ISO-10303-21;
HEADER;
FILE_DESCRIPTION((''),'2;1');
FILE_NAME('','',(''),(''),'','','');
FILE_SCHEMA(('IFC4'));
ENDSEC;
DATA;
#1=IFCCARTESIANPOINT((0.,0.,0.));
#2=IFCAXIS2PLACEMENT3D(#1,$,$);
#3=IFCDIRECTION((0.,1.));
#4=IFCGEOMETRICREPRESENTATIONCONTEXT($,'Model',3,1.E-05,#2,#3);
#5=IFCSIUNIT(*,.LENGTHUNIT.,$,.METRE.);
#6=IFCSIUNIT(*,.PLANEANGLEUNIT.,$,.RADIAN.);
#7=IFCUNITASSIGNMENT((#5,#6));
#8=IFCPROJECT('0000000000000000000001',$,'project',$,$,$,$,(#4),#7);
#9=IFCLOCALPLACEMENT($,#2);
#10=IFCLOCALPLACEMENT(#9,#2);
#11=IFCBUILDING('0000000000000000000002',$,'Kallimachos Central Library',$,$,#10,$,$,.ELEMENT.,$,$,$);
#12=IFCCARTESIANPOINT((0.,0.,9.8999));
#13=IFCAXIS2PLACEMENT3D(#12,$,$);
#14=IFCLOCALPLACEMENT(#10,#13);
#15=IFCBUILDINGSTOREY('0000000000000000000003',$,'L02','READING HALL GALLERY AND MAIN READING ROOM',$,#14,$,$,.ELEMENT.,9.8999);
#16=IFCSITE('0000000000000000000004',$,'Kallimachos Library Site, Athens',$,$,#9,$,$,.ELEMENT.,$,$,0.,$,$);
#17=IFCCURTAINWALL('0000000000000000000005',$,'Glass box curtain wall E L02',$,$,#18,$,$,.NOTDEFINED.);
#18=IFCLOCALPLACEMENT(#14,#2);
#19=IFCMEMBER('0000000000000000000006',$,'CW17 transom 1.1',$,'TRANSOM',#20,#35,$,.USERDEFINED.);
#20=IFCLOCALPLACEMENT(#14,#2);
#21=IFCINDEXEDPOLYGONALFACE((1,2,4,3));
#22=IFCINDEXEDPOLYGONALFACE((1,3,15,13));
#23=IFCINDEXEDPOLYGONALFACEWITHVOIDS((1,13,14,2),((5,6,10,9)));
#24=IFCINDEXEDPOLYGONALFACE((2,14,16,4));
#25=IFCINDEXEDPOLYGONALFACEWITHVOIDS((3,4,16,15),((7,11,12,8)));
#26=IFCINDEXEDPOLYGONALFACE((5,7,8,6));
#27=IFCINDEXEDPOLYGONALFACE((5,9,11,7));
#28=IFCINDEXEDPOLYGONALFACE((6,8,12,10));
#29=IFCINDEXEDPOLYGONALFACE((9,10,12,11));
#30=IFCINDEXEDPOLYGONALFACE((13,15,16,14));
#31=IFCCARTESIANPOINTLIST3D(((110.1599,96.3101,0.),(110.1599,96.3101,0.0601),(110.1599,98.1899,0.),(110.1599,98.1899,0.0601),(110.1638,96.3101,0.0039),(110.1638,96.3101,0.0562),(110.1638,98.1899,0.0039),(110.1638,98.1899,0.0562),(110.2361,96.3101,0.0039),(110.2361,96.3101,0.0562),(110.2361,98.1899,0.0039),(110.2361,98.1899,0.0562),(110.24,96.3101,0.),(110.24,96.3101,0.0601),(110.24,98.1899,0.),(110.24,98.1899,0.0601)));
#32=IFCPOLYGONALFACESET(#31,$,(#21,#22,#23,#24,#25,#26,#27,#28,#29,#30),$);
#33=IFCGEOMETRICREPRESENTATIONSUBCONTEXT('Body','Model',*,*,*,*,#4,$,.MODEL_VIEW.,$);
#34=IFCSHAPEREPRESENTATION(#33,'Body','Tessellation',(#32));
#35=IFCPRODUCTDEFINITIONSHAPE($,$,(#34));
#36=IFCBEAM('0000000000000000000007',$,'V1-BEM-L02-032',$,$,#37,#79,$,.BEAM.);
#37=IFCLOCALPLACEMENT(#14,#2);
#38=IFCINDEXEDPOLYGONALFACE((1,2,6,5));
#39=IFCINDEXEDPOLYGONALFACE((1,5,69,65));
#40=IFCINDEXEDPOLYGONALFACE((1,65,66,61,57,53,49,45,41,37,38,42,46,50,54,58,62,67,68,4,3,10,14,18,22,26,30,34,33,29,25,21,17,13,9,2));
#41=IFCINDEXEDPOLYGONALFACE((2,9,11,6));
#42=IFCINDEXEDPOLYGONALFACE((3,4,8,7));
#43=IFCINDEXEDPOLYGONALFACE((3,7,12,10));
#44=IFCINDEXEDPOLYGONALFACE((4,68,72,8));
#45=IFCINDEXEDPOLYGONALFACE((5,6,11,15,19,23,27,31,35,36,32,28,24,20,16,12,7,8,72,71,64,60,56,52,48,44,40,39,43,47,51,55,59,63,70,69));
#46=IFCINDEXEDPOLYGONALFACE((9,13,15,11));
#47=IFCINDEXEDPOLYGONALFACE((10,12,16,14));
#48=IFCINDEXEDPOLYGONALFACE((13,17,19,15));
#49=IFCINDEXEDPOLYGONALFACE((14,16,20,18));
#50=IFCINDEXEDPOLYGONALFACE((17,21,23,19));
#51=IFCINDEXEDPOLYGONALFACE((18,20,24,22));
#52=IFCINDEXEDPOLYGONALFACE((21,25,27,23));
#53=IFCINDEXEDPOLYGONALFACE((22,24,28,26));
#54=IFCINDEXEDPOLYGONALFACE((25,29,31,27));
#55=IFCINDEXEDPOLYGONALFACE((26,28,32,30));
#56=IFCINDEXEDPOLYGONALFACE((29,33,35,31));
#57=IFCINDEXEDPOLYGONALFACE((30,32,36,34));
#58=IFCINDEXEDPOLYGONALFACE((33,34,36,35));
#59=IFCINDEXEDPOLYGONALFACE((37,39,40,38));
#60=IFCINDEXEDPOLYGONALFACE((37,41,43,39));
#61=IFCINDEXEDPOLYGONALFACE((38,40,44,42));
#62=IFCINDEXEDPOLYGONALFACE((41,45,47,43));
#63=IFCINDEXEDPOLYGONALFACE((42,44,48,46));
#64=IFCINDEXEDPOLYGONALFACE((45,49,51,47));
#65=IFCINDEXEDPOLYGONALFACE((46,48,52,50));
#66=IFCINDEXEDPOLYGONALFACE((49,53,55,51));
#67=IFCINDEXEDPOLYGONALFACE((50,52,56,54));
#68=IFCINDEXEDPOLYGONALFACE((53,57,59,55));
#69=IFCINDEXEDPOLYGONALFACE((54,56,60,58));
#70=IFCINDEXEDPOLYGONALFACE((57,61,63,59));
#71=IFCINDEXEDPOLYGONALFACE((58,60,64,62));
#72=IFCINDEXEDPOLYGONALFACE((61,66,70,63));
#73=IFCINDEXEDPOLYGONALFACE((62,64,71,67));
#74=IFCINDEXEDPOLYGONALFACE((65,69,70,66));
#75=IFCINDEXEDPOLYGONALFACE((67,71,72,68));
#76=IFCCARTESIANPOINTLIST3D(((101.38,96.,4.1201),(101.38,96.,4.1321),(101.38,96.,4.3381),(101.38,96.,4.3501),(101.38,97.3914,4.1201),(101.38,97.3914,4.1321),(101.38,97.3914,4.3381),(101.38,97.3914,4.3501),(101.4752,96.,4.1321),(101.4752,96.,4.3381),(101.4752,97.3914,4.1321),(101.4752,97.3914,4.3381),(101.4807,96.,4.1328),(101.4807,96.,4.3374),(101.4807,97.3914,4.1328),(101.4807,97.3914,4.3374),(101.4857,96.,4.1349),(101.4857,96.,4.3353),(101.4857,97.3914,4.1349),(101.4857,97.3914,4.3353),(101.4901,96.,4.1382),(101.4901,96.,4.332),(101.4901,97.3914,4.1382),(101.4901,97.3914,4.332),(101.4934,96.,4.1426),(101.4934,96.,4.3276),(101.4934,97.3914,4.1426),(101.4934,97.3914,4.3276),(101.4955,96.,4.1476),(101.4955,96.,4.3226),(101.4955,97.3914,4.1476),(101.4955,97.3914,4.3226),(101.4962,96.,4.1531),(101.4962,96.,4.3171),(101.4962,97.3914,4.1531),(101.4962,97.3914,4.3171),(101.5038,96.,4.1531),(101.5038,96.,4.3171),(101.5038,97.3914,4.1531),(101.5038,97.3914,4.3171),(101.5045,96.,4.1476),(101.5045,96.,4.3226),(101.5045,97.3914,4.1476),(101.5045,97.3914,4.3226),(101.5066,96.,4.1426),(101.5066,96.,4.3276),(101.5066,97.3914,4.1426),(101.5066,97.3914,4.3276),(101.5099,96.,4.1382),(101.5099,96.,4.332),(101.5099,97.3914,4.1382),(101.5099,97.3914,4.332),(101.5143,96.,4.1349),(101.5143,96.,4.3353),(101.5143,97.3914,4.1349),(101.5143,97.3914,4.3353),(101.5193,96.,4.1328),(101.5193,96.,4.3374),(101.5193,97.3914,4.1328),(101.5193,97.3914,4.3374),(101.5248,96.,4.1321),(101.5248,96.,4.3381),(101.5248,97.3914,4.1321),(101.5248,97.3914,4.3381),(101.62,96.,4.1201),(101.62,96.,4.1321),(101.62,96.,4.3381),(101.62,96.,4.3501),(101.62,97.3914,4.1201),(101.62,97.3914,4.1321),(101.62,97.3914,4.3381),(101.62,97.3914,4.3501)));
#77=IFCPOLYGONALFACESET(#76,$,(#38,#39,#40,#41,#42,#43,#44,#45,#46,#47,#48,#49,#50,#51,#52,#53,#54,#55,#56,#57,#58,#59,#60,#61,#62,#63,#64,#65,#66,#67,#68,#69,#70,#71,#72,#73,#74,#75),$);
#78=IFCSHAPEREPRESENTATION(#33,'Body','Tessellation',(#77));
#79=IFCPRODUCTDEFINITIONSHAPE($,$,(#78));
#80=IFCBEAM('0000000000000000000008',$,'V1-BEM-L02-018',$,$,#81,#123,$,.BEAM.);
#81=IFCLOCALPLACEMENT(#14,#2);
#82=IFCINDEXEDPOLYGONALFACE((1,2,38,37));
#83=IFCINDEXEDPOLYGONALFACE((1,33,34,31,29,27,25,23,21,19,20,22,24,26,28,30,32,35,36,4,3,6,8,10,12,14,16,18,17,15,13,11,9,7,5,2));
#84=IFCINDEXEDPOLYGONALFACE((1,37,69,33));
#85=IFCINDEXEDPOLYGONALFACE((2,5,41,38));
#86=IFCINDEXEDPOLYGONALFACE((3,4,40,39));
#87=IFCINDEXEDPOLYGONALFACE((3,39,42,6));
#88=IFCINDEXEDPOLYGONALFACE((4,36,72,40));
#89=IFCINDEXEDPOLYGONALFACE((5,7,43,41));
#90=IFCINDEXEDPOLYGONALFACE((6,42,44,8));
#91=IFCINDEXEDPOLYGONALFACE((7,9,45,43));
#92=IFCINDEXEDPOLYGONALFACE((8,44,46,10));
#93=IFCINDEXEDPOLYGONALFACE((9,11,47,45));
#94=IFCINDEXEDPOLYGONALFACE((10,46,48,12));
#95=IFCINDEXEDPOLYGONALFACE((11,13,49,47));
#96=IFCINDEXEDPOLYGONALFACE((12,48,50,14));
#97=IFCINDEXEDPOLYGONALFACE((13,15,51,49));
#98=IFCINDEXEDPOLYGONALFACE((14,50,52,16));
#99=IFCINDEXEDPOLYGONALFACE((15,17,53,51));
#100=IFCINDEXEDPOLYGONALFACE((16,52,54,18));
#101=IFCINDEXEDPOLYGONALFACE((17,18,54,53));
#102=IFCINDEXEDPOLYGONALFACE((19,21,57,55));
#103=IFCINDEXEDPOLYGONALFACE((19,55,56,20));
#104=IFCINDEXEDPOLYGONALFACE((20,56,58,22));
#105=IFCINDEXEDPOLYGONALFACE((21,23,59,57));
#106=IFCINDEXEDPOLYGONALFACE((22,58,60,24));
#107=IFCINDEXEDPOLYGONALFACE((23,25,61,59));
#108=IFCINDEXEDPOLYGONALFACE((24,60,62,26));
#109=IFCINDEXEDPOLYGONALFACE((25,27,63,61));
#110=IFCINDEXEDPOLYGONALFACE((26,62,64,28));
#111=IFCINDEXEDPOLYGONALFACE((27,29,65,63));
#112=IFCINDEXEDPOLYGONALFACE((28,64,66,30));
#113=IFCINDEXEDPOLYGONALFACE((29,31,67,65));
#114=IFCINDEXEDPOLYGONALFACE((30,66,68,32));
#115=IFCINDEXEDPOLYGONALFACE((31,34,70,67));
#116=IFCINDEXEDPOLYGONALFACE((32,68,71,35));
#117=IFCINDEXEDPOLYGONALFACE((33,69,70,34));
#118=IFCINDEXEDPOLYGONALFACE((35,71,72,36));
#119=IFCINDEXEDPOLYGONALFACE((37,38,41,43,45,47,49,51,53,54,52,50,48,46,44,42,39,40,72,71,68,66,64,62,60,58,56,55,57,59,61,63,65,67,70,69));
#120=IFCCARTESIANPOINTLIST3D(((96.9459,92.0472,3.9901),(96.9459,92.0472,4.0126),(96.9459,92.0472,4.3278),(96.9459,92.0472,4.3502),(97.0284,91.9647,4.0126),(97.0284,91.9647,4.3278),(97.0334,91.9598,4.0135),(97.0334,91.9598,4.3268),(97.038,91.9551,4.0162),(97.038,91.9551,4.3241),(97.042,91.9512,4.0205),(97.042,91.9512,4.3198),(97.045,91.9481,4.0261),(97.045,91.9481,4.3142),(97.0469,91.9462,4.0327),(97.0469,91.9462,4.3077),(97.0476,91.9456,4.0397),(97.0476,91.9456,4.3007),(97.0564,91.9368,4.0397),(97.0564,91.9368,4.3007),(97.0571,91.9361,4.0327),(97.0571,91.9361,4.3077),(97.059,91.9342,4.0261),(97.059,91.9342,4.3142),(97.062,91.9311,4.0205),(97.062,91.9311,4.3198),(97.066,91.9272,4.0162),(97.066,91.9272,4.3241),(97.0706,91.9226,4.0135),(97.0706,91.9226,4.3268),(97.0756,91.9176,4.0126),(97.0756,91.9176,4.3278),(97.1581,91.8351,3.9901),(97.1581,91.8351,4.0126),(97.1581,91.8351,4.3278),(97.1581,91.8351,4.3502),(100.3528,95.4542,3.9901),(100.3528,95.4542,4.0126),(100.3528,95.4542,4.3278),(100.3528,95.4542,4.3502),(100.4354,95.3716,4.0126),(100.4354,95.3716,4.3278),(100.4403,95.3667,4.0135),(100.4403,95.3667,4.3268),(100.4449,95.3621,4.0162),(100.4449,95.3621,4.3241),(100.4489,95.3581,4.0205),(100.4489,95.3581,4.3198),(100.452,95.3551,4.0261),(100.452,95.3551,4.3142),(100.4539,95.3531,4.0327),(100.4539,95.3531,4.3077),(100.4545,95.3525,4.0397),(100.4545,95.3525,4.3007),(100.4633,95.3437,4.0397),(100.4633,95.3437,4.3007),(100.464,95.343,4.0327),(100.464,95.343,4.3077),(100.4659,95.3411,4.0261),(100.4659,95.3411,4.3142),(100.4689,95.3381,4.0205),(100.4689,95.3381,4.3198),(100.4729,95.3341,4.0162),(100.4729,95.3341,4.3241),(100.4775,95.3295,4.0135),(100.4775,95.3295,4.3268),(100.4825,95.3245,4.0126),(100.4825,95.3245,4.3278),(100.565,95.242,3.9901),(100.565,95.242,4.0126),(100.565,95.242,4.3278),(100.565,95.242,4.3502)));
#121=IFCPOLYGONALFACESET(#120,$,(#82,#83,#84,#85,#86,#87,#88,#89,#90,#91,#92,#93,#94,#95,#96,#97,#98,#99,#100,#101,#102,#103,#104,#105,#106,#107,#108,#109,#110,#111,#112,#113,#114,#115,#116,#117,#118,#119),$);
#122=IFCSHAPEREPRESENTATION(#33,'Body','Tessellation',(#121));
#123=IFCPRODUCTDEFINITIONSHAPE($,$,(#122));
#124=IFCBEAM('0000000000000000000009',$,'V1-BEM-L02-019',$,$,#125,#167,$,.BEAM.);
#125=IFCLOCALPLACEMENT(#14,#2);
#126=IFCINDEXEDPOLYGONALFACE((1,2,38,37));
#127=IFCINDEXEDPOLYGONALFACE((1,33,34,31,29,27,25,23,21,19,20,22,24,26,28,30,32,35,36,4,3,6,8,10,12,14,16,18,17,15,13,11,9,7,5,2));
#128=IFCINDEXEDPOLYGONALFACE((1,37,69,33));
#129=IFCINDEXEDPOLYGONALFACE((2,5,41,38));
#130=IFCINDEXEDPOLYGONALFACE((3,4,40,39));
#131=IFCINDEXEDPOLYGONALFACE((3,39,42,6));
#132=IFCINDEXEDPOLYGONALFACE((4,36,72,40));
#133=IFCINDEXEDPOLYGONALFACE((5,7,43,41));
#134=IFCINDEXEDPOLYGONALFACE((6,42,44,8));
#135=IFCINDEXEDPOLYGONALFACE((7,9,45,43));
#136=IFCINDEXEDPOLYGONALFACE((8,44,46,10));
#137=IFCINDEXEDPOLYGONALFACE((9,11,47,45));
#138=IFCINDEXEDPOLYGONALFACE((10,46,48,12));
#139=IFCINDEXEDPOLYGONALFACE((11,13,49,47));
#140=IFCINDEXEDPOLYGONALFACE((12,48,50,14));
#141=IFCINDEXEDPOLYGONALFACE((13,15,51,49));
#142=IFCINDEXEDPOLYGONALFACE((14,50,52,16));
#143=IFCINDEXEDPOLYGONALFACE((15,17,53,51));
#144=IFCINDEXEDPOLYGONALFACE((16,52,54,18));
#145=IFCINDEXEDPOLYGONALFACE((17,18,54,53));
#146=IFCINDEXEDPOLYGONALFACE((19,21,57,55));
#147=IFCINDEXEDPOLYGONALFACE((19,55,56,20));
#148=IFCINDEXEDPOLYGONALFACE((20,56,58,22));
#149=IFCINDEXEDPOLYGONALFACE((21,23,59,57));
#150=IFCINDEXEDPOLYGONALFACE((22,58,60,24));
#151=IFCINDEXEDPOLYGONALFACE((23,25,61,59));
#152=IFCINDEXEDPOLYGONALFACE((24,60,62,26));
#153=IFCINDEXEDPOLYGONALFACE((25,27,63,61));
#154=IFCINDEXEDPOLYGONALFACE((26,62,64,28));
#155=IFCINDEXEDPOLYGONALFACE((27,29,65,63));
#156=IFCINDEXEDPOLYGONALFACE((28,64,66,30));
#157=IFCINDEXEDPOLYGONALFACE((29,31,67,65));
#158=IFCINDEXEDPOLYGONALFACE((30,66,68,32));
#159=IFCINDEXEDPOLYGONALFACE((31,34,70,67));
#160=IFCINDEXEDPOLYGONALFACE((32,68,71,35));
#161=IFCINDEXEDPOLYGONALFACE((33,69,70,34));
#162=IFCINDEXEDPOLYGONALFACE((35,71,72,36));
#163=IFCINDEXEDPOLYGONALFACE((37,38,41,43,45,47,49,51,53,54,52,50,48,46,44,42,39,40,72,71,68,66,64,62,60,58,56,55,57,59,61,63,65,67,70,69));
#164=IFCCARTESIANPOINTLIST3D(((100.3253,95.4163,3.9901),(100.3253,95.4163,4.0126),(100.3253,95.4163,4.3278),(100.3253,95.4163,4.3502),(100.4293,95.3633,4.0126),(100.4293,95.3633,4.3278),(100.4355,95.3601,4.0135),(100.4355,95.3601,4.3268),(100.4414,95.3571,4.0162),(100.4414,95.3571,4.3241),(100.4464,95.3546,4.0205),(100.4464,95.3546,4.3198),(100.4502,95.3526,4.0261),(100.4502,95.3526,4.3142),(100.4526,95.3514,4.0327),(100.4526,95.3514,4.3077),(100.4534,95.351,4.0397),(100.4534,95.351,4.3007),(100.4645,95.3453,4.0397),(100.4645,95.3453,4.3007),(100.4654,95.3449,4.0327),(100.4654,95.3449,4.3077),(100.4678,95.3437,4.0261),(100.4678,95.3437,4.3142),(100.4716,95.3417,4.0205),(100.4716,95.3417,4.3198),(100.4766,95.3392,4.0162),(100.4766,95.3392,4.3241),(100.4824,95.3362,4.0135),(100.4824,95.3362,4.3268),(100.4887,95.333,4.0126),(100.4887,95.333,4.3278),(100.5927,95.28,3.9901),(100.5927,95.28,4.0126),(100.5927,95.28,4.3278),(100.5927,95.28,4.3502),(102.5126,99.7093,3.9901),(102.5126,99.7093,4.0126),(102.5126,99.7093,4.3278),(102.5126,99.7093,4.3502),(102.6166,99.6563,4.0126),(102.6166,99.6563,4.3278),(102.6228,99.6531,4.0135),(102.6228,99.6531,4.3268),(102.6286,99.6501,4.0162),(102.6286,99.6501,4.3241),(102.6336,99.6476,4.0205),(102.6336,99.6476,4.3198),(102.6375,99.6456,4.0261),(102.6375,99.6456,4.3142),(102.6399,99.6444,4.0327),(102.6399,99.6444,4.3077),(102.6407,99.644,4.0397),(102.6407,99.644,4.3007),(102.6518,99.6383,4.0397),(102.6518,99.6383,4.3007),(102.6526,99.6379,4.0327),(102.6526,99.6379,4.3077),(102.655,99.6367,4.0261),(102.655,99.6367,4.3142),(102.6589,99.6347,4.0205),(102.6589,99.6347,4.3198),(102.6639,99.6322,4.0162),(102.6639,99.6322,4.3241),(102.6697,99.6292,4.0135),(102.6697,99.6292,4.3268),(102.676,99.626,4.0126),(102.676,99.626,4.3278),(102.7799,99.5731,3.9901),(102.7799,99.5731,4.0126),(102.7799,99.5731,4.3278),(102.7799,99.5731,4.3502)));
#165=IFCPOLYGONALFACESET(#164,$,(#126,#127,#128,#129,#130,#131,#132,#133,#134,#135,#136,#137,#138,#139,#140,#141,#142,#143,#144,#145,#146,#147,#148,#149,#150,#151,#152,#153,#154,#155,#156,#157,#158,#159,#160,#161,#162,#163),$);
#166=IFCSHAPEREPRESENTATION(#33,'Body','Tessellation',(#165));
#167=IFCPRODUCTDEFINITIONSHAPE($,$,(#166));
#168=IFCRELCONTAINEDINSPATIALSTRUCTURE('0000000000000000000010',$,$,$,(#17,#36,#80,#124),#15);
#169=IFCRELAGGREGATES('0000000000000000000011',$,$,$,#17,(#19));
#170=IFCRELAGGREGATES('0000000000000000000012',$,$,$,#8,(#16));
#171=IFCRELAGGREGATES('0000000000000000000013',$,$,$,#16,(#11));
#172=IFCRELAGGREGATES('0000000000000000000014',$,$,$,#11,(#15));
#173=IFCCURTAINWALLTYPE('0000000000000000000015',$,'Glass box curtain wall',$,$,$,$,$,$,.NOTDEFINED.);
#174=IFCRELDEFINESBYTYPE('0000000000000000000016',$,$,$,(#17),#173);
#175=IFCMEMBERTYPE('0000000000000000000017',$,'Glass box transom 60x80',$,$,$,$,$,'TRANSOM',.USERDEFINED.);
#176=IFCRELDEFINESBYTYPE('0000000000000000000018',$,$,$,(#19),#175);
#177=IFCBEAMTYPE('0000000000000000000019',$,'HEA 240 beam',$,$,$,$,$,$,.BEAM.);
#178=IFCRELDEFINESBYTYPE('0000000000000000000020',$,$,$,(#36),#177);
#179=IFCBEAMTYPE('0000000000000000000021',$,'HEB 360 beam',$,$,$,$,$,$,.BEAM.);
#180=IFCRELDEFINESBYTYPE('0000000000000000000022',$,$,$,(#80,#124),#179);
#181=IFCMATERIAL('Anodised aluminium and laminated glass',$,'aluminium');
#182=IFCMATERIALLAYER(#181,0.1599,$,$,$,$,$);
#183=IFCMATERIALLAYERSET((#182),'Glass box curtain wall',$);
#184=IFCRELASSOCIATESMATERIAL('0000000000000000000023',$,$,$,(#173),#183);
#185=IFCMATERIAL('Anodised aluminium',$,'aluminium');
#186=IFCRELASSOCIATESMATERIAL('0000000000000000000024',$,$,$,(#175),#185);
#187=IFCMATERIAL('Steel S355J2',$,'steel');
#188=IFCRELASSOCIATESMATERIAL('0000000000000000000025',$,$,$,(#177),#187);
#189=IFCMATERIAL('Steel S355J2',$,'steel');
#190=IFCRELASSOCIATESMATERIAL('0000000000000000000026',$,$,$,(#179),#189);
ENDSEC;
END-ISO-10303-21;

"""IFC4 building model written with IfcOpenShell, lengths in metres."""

from ifc_helpers import new_model, si_unit, direction, frame, origin, origin_2d, place, context, subcontext, project, spatial, hollow_rectangle, i_section, extrude, material, layer, layer_set, material_profile, profile_set, type_object, element, aggregate, save


model = new_model("IFC4")

# Units and contexts
model_context = context("Model", 3, precision=1e-05, world=origin(), true_north=direction((0.0, 1.0)))
body_context = subcontext(model_context, "Body", "Model", "MODEL_VIEW")
ifc_project = project(units=[si_unit("LENGTHUNIT", "METRE"), si_unit("PLANEANGLEUNIT", "RADIAN")], contexts=[model_context])

# Site, building, storey
site_placement = place(None, origin())
site = spatial("IfcSite", under=ifc_project, at=site_placement, Name="Kallimachos Library Site, Athens", CompositionType="ELEMENT", RefElevation=0.0)
building_placement = place(site_placement, origin())
building = spatial("IfcBuilding", under=site, at=building_placement, Name="Kallimachos Central Library", CompositionType="ELEMENT")
storey_placement = place(building_placement, frame((0.0, 0.0, 9.8999)))
storey = spatial("IfcBuildingStorey", under=building, at=storey_placement, Name="L02", Description="READING HALL GALLERY AND MAIN READING ROOM", CompositionType="ELEMENT", Elevation=9.8999)

# Curtain wall, member
ifc_material_1 = material(Name="Anodised aluminium and laminated glass", Category="aluminium")
ifc_layer_1 = layer(ifc_material_1, 0.1599)
ifc_layer_set_1 = layer_set([ifc_layer_1], Name="Glass box curtain wall")
curtain_wall_type = type_object("IfcCurtainWallType", Name="Glass box curtain wall", PredefinedType="NOTDEFINED", material=ifc_layer_set_1)
curtain_wall_placement = place(storey_placement, origin())
curtain_wall = element("IfcCurtainWall", 1, at=curtain_wall_placement, inside=storey, type_object=curtain_wall_type, Name="Glass box curtain wall E L02", PredefinedType="NOTDEFINED")
ifc_material_2 = material(Name="Anodised aluminium", Category="aluminium")
ifc_material_profile_1 = material_profile(ifc_material_2, hollow_rectangle(XDim=0.0601, YDim=0.0801, WallThickness=0.0039, at=origin_2d()), Name="ALU TRANSOM 60x80")
ifc_profile_set_1 = profile_set([ifc_material_profile_1], Name="Anodised aluminium")
member_type_1 = type_object("IfcMemberType", Name="Glass box transom 60x80", ElementType="TRANSOM", PredefinedType="USERDEFINED", material=ifc_profile_set_1)
member_1_placement = place(storey_placement, frame((110.2, 96.3101, 0.03), z_axis=(0.0, 1.0, 0.0), x_axis=(0.0, 0.0, 1.0)))
member_1 = element("IfcMember", 2, at=member_1_placement, type_object=member_type_1, Name="CW17 transom 1.1", ObjectType="TRANSOM", PredefinedType="USERDEFINED", context=body_context, shape_type="SweptSolid", body=[
    extrude(hollow_rectangle(XDim=0.0601, YDim=0.0801, WallThickness=0.0039, at=origin_2d()), origin(), (0.0, 0.0, 1.0), 1.8799),
])
aggregate(curtain_wall, [member_1])

# Beams
ifc_material_3 = material(Name="Steel S355J2", Category="steel")
ifc_material_profile_2 = material_profile(ifc_material_3, i_section(OverallWidth=0.24, OverallDepth=0.23, WebThickness=0.0076, FlangeThickness=0.012, FilletRadius=0.021, at=origin_2d()), Name="HEA 240")
ifc_profile_set_2 = profile_set([ifc_material_profile_2], Name="Steel S355J2")
beam_type_1 = type_object("IfcBeamType", Name="HEA 240 beam", PredefinedType="BEAM", material=ifc_profile_set_2)
beam_placement = place(storey_placement, frame((101.5, 96.0, 4.2351), z_axis=(0.0, 1.0, 0.0), x_axis=(-1.0, 0.0, 0.0)))
element("IfcBeam", 3, at=beam_placement, inside=storey, type_object=beam_type_1, Name="V1-BEM-L02-032", PredefinedType="BEAM", context=body_context, shape_type="SweptSolid", body=[
    extrude(i_section(OverallWidth=0.24, OverallDepth=0.23, WebThickness=0.0076, FlangeThickness=0.012, FilletRadius=0.021, at=origin_2d()), origin(), (0.0, 0.0, 1.0), 1.3914),
])
ifc_material_4 = material(Name="Steel S355J2", Category="steel")
ifc_material_profile_3 = material_profile(ifc_material_4, i_section(OverallWidth=0.3, OverallDepth=0.3601, WebThickness=0.0125, FlangeThickness=0.0225, FilletRadius=0.0271, at=origin_2d()), Name="HEB 360")
ifc_profile_set_3 = profile_set([ifc_material_profile_3], Name="Steel S355J2")
beam_type_2 = type_object("IfcBeamType", Name="HEB 360 beam", PredefinedType="BEAM", material=ifc_profile_set_3)
for number, where, z_axis, x_axis, name in (
    (4, (97.052, 91.9412, 4.1702), (0.707107, 0.707107, 0.0), (-0.707107, 0.707107, 0.0), "V1-BEM-L02-018"),
    (5, (100.459, 95.3481, 4.1702), (0.453971, 0.891017, 0.0), (-0.891017, 0.453971, 0.0), "V1-BEM-L02-019"),
):
    element("IfcBeam", number, at=place(storey_placement, frame(where, z_axis=z_axis, x_axis=x_axis)), inside=storey, type_object=beam_type_2, Name=name, PredefinedType="BEAM", context=body_context, shape_type="SweptSolid", body=[
        extrude(i_section(OverallWidth=0.3, OverallDepth=0.3601, WebThickness=0.0125, FlangeThickness=0.0225, FilletRadius=0.0271, at=origin_2d()), origin(), (0.0, 0.0, 1.0), 4.8181),
    ])

save(model, "model.ifc")
